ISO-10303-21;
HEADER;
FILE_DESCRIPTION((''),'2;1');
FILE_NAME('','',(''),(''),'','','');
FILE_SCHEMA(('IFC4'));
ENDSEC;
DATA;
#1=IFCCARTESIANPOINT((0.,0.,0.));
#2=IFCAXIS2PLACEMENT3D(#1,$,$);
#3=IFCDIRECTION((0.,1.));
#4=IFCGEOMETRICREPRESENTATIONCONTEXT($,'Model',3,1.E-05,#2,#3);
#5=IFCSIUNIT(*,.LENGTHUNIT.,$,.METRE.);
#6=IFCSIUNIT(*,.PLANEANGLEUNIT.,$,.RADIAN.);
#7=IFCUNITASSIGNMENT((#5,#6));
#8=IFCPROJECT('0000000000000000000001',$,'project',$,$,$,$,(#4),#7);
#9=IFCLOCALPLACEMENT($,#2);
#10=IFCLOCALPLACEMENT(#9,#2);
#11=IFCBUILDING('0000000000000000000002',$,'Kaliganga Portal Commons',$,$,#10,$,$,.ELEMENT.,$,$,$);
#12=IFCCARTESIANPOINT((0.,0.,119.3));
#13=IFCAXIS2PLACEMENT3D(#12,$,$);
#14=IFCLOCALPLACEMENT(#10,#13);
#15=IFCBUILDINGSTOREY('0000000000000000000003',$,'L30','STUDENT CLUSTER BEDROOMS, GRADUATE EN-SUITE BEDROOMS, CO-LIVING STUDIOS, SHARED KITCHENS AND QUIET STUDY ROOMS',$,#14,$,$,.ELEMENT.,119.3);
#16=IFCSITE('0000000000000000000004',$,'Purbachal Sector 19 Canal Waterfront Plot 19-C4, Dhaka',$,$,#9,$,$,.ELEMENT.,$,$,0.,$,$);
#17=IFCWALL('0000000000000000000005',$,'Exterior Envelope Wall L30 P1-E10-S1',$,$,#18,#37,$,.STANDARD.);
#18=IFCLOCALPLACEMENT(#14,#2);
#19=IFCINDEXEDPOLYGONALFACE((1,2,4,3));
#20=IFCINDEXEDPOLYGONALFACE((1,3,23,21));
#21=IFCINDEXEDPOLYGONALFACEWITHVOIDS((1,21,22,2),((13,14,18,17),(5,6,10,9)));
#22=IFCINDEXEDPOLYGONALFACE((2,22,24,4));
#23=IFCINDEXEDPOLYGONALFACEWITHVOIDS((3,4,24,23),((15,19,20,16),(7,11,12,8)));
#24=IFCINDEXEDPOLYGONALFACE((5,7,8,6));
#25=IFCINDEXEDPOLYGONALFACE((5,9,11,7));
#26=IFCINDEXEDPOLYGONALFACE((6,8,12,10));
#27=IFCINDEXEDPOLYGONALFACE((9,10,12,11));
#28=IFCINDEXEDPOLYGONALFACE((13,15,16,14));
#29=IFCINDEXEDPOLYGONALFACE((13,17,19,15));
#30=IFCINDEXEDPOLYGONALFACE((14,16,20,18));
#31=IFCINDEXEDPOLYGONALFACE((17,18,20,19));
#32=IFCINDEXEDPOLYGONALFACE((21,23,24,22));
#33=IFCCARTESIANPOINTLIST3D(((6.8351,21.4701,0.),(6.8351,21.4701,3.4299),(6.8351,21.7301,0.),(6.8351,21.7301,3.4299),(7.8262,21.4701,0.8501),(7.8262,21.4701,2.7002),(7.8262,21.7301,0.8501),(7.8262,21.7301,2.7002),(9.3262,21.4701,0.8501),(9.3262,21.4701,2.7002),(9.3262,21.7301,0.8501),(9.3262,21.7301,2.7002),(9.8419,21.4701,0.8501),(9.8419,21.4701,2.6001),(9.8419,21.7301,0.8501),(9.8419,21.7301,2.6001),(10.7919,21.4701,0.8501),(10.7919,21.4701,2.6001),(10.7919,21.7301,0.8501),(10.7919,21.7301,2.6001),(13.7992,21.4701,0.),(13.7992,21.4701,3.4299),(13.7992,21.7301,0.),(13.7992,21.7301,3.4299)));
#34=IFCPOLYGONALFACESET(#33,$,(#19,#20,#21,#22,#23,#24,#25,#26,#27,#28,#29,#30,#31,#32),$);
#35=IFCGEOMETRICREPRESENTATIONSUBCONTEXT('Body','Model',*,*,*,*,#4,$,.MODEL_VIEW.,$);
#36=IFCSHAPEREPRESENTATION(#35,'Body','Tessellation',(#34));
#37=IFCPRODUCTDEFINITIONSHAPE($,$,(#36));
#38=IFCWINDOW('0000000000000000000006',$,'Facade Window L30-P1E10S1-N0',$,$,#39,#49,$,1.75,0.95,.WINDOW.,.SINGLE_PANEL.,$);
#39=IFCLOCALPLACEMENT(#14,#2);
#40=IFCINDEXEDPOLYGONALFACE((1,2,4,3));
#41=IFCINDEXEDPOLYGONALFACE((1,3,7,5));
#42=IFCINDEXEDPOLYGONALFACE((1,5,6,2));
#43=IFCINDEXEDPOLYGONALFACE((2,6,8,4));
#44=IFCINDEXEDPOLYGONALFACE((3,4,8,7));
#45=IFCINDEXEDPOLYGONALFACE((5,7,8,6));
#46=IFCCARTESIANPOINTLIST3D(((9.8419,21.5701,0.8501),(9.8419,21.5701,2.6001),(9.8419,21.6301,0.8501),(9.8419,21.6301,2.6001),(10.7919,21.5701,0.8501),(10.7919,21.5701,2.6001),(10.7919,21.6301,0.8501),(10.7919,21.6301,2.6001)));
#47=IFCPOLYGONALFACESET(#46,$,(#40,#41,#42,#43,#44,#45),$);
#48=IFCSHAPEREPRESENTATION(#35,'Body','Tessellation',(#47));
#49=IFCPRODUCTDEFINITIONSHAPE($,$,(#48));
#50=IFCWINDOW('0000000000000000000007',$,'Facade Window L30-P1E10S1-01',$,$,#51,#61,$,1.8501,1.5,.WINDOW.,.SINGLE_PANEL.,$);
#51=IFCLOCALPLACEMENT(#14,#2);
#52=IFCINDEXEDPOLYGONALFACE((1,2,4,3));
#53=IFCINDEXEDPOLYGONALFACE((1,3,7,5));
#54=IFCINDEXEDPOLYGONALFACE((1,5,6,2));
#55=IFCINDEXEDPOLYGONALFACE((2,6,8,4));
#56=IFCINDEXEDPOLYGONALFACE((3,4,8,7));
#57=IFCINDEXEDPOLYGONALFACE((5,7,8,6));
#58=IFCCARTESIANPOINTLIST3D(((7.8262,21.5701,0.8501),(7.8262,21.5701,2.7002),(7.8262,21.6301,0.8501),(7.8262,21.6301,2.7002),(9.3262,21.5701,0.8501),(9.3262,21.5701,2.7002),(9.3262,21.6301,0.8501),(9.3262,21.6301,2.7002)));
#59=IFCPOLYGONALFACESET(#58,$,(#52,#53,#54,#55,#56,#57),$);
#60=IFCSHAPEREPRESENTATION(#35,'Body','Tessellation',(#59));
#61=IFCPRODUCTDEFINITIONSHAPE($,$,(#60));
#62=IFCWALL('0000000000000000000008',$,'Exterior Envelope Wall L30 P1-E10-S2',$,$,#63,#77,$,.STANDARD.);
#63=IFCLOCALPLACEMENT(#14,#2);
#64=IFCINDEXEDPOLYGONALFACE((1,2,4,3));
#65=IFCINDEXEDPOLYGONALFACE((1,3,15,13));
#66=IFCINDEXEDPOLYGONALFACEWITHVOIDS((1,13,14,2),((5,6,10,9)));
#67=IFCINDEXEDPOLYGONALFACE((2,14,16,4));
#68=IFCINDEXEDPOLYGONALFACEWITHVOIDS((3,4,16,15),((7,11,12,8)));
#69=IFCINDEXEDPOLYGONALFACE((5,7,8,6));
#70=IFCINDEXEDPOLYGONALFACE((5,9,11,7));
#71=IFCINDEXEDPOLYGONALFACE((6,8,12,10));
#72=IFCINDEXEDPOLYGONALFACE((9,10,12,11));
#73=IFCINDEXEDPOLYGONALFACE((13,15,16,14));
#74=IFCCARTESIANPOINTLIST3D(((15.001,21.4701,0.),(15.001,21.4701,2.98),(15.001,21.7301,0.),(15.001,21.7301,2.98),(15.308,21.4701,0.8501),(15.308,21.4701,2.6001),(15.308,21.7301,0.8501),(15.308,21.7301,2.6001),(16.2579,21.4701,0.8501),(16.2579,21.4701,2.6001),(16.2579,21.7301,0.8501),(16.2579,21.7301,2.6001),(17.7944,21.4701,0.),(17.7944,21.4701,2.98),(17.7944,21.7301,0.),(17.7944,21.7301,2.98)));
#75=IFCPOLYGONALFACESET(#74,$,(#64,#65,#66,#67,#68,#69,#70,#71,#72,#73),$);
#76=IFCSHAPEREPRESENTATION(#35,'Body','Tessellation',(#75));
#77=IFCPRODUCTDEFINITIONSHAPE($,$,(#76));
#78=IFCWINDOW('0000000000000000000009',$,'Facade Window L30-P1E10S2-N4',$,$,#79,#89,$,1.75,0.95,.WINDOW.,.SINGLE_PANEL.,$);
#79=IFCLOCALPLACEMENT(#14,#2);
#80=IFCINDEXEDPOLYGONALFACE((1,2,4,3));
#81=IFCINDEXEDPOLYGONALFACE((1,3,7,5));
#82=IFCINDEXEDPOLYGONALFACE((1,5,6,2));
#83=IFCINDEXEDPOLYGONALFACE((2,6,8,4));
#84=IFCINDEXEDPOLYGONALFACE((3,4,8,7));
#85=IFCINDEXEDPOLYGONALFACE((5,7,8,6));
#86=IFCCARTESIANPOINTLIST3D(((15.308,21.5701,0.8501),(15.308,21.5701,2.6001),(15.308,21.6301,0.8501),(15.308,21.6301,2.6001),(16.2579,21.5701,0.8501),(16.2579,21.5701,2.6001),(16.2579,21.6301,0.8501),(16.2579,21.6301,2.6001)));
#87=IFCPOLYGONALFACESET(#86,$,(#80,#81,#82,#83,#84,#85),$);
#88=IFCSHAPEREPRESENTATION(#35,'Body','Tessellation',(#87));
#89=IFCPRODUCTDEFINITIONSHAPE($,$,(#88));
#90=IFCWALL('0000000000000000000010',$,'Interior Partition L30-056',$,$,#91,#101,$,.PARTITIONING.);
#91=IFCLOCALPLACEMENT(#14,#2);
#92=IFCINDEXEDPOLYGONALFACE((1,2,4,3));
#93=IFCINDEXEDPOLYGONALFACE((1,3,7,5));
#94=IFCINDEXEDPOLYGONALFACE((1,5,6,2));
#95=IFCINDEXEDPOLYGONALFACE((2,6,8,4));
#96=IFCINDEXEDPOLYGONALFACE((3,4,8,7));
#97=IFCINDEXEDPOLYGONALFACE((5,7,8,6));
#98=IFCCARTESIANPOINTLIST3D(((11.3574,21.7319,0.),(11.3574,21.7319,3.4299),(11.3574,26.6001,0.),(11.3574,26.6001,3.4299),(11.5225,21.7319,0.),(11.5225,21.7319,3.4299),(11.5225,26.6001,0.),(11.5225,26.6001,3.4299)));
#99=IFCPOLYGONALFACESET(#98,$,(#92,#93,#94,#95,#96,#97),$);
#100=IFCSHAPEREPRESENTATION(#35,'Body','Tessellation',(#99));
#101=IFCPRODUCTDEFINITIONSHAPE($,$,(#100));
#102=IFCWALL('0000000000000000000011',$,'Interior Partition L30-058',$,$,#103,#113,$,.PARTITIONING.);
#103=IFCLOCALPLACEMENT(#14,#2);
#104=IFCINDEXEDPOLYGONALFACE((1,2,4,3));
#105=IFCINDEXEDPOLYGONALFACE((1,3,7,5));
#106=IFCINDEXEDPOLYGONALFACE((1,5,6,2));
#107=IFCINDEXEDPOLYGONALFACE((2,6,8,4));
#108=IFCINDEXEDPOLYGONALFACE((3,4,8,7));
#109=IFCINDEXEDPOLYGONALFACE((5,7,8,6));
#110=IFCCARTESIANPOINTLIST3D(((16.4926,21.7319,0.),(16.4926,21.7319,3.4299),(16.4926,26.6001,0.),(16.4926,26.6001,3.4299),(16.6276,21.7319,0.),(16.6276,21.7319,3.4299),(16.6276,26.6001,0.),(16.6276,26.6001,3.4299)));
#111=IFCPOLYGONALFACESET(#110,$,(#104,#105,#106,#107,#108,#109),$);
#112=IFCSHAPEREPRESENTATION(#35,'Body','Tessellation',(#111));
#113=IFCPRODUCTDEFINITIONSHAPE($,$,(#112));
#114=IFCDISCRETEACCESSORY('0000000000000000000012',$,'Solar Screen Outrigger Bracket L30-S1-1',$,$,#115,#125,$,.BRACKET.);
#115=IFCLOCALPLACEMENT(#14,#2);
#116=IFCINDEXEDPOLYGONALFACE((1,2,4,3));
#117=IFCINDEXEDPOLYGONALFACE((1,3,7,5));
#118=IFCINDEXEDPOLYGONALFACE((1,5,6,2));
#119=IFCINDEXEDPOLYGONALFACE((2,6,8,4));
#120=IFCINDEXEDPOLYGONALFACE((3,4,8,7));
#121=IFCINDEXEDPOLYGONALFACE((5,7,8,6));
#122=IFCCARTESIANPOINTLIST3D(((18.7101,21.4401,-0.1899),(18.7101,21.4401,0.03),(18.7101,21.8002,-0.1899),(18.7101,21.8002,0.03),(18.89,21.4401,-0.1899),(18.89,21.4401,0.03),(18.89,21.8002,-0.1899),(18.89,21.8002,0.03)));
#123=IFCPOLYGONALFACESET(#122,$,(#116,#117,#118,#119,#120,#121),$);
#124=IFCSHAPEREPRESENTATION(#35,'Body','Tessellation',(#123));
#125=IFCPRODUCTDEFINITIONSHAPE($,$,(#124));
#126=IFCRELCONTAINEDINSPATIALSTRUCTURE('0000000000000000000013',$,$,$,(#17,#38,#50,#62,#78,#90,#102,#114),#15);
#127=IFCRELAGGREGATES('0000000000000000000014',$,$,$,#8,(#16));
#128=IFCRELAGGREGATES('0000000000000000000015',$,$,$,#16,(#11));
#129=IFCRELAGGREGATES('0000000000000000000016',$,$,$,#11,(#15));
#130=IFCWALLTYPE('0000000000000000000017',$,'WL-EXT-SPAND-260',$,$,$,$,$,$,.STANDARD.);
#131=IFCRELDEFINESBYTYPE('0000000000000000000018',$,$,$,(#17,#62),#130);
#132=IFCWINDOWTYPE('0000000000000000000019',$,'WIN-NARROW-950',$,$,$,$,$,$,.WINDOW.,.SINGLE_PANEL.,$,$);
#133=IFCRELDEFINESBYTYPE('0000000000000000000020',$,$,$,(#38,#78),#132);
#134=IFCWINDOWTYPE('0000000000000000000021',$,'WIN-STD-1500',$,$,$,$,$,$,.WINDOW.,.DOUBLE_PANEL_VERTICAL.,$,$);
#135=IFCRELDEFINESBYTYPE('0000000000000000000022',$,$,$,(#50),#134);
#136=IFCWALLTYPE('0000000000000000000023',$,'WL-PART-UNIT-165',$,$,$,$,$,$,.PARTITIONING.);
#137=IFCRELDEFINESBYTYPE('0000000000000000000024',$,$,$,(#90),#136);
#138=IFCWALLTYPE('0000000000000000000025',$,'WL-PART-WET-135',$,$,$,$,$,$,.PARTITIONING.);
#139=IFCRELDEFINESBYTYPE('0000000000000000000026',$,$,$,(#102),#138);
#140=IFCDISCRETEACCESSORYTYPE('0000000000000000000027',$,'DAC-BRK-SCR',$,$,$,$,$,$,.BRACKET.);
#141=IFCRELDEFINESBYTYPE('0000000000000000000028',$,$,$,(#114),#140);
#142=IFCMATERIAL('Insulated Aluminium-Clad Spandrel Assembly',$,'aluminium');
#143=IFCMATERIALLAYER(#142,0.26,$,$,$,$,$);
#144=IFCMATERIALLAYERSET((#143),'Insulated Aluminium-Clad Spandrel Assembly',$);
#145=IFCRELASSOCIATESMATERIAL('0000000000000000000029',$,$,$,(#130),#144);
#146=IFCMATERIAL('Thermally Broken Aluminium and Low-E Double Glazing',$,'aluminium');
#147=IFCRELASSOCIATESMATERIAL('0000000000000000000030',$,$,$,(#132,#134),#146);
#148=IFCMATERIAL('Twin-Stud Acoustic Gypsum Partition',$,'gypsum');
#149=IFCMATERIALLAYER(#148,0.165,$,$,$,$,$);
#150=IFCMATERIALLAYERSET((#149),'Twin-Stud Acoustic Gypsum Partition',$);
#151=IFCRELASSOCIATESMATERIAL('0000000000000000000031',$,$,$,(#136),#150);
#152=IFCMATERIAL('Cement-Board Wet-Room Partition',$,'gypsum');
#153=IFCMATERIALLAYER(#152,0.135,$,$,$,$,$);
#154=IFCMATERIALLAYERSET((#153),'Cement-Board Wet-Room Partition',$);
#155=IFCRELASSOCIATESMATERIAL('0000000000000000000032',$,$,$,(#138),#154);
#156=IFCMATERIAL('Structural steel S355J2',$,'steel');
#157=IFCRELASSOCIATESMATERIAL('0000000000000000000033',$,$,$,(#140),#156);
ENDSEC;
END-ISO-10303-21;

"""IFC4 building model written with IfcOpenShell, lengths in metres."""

from ifc_helpers import new_model, si_unit, direction, frame, frame_2d, origin, origin_2d, place, context, subcontext, project, spatial, rectangle, extrude, source, transform, mapped, material, layer, layer_set, type_object, element, fill, save


model = new_model("IFC4")

# Units and contexts
model_context = context("Model", 3, precision=1e-05, world=origin(), true_north=direction((0.0, 1.0)))
body_context = subcontext(model_context, "Body", "Model", "MODEL_VIEW")
ifc_project = project(units=[si_unit("LENGTHUNIT", "METRE"), si_unit("PLANEANGLEUNIT", "RADIAN")], contexts=[model_context])

# Site, building, storey
site_placement = place(None, origin())
site = spatial("IfcSite", under=ifc_project, at=site_placement, Name="Purbachal Sector 19 Canal Waterfront Plot 19-C4, Dhaka", CompositionType="ELEMENT", RefElevation=0.0)
building_placement = place(site_placement, origin())
building = spatial("IfcBuilding", under=site, at=building_placement, Name="Kaliganga Portal Commons", CompositionType="ELEMENT")
storey_placement = place(building_placement, frame((0.0, 0.0, 119.3)))
storey = spatial("IfcBuildingStorey", under=building, at=storey_placement, Name="L30", Description="STUDENT CLUSTER BEDROOMS, GRADUATE EN-SUITE BEDROOMS, CO-LIVING STUDIOS, SHARED KITCHENS AND QUIET STUDY ROOMS", CompositionType="ELEMENT", Elevation=119.3)

# Shared definitions
ifc_material_1 = material(Name="Structural steel S355J2", Category="steel")

# Wall, openings, windows
ifc_material_2 = material(Name="Insulated Aluminium-Clad Spandrel Assembly", Category="aluminium")
ifc_layer_1 = layer(ifc_material_2, 0.26)
ifc_layer_set_1 = layer_set([ifc_layer_1], Name="Insulated Aluminium-Clad Spandrel Assembly")
wall_type_1 = type_object("IfcWallType", Name="WL-EXT-SPAND-260", PredefinedType="STANDARD", material=ifc_layer_set_1)
ifc_material_3 = material(Name="Thermally Broken Aluminium and Low-E Double Glazing", Category="aluminium")
window_type_1 = type_object("IfcWindowType", Name="WIN-NARROW-950", PartitioningType="SINGLE_PANEL", PredefinedType="WINDOW", material=ifc_material_3)
window_type_2 = type_object("IfcWindowType", Name="WIN-STD-1500", PartitioningType="DOUBLE_PANEL_VERTICAL", PredefinedType="WINDOW", material=ifc_material_3)
wall_1_placement = place(storey_placement, frame((13.7991, 21.6001, 0.0), z_axis=(0.0, 0.0, 1.0), x_axis=(-1.0, 0.0, 0.0)))
wall_1 = element("IfcWall", 1, at=wall_1_placement, inside=storey, type_object=wall_type_1, Name="Exterior Envelope Wall L30 P1-E10-S1", PredefinedType="STANDARD", context=body_context, shape_type="SweptSolid", body=[
    extrude(rectangle(XDim=6.9641, YDim=0.26, at=frame_2d((3.4819, 0.0))), origin(), (0.0, 0.0, 1.0), 3.4299),
])
opening_1_placement = place(wall_1_placement, frame((4.4729, 0.0, 0.8501)))
opening_1 = element("IfcOpeningElement", 2, at=opening_1_placement, cuts=wall_1, PredefinedType="OPENING", context=body_context, shape_type="SweptSolid", body=[
    extrude(rectangle(XDim=1.5, YDim=1.8501, at=frame_2d((0.75, 0.925))), frame((0.0, 0.1401, 0.0), z_axis=(0.0, -1.0, 0.0), x_axis=(1.0, 0.0, 0.0)), (0.0, 0.0, 1.0), 0.28),
])
opening_2_placement = place(wall_1_placement, frame((3.0071, 0.0, 0.8501)))
opening_2 = element("IfcOpeningElement", 3, at=opening_2_placement, cuts=wall_1, PredefinedType="OPENING", context=body_context, shape_type="SweptSolid", body=[
    extrude(rectangle(XDim=0.95, YDim=1.75, at=frame_2d((0.4751, 0.875))), frame((0.0, 0.1401, 0.0), z_axis=(0.0, -1.0, 0.0), x_axis=(1.0, 0.0, 0.0)), (0.0, 0.0, 1.0), 0.28),
])
window_1_placement = place(opening_2_placement, origin())
window_1 = element("IfcWindow", 4, at=window_1_placement, inside=storey, type_object=window_type_1, Name="Facade Window L30-P1E10S1-N0", OverallHeight=1.75, OverallWidth=0.95, PartitioningType="SINGLE_PANEL", PredefinedType="WINDOW", context=body_context, shape_type="SweptSolid", body=[
    extrude(rectangle(XDim=0.95, YDim=1.75, at=frame_2d((0.4751, 0.875))), frame((0.0, 0.03, 0.0), z_axis=(0.0, -1.0, 0.0), x_axis=(1.0, 0.0, 0.0)), (0.0, 0.0, 1.0), 0.0601),
])
fill(opening_2, window_1)
window_2_placement = place(opening_1_placement, origin())
window_2 = element("IfcWindow", 5, at=window_2_placement, inside=storey, type_object=window_type_2, Name="Facade Window L30-P1E10S1-01", OverallHeight=1.8501, OverallWidth=1.5, PartitioningType="SINGLE_PANEL", PredefinedType="WINDOW", context=body_context, shape_type="SweptSolid", body=[
    extrude(rectangle(XDim=1.5, YDim=1.8501, at=frame_2d((0.75, 0.925))), frame((0.0, 0.03, 0.0), z_axis=(0.0, -1.0, 0.0), x_axis=(1.0, 0.0, 0.0)), (0.0, 0.0, 1.0), 0.0601),
])
fill(opening_1, window_2)

# Wall, opening, window
wall_2_placement = place(storey_placement, frame((17.7944, 21.6001, 0.0), z_axis=(0.0, 0.0, 1.0), x_axis=(-1.0, 0.0, 0.0)))
wall_2 = element("IfcWall", 6, at=wall_2_placement, inside=storey, type_object=wall_type_1, Name="Exterior Envelope Wall L30 P1-E10-S2", PredefinedType="STANDARD", context=body_context, shape_type="SweptSolid", body=[
    extrude(rectangle(XDim=2.7935, YDim=0.26, at=frame_2d((1.3967, 0.0))), origin(), (0.0, 0.0, 1.0), 2.98),
])
opening_3_placement = place(wall_2_placement, frame((1.5364, 0.0, 0.8501)))
opening_3 = element("IfcOpeningElement", 7, at=opening_3_placement, cuts=wall_2, PredefinedType="OPENING", context=body_context, shape_type="SweptSolid", body=[
    extrude(rectangle(XDim=0.95, YDim=1.75, at=frame_2d((0.4751, 0.875))), frame((0.0, 0.1401, 0.0), z_axis=(0.0, -1.0, 0.0), x_axis=(1.0, 0.0, 0.0)), (0.0, 0.0, 1.0), 0.28),
])
window_3_placement = place(opening_3_placement, origin())
window_3 = element("IfcWindow", 8, at=window_3_placement, inside=storey, type_object=window_type_1, Name="Facade Window L30-P1E10S2-N4", OverallHeight=1.75, OverallWidth=0.95, PartitioningType="SINGLE_PANEL", PredefinedType="WINDOW", context=body_context, shape_type="SweptSolid", body=[
    extrude(rectangle(XDim=0.95, YDim=1.75, at=frame_2d((0.4751, 0.875))), frame((0.0, 0.03, 0.0), z_axis=(0.0, -1.0, 0.0), x_axis=(1.0, 0.0, 0.0)), (0.0, 0.0, 1.0), 0.0601),
])
fill(opening_3, window_3)

# Walls
ifc_material_4 = material(Name="Twin-Stud Acoustic Gypsum Partition", Category="gypsum")
ifc_layer_2 = layer(ifc_material_4, 0.165)
ifc_layer_set_2 = layer_set([ifc_layer_2], Name="Twin-Stud Acoustic Gypsum Partition")
wall_type_2 = type_object("IfcWallType", Name="WL-PART-UNIT-165", PredefinedType="PARTITIONING", material=ifc_layer_set_2)
wall_3_placement = place(storey_placement, frame((11.4399, 21.7319, 0.0), z_axis=(0.0, 0.0, 1.0), x_axis=(0.0, 1.0, 0.0)))
element("IfcWall", 9, at=wall_3_placement, inside=storey, type_object=wall_type_2, Name="Interior Partition L30-056", PredefinedType="PARTITIONING", context=body_context, shape_type="SweptSolid", body=[
    extrude(rectangle(XDim=4.8682, YDim=0.165, at=frame_2d((2.4341, 0.0))), origin(), (0.0, 0.0, 1.0), 3.4299),
])
ifc_material_5 = material(Name="Cement-Board Wet-Room Partition", Category="gypsum")
ifc_layer_3 = layer(ifc_material_5, 0.135)
ifc_layer_set_3 = layer_set([ifc_layer_3], Name="Cement-Board Wet-Room Partition")
wall_type_3 = type_object("IfcWallType", Name="WL-PART-WET-135", PredefinedType="PARTITIONING", material=ifc_layer_set_3)
wall_4_placement = place(storey_placement, frame((16.5601, 21.7319, 0.0), z_axis=(0.0, 0.0, 1.0), x_axis=(0.0, 1.0, 0.0)))
element("IfcWall", 10, at=wall_4_placement, inside=storey, type_object=wall_type_3, Name="Interior Partition L30-058", PredefinedType="PARTITIONING", context=body_context, shape_type="SweptSolid", body=[
    extrude(rectangle(XDim=4.8682, YDim=0.135, at=frame_2d((2.4341, 0.0))), origin(), (0.0, 0.0, 1.0), 3.4299),
])

# Discrete accessory
discrete_accessory_type = type_object("IfcDiscreteAccessoryType", Name="DAC-BRK-SCR", PredefinedType="BRACKET", material=ifc_material_1)
shared_shape_1 = source(origin(), body_context, "Body", "SweptSolid", [
    extrude(rectangle(XDim=0.1799, YDim=0.3601, at=origin_2d()), origin(), (0.0, 0.0, 1.0), 0.22),
])
discrete_accessory_placement = place(storey_placement, frame((18.8, 21.6201, -0.1899), z_axis=(0.0, 0.0, 1.0), x_axis=(1.0, 0.0, 0.0)))
element("IfcDiscreteAccessory", 11, at=discrete_accessory_placement, inside=storey, type_object=discrete_accessory_type, Name="Solar Screen Outrigger Bracket L30-S1-1", PredefinedType="BRACKET", context=body_context, shape_type="MappedRepresentation", body=[
    mapped(shared_shape_1, transform((0.0, 0.0, 0.0), x_axis=(1.0, 0.0, 0.0), y_axis=(0.0, 1.0, 0.0), z_axis=(0.0, 0.0, 1.0), scale=1.0)),
])

save(model, "model.ifc")
